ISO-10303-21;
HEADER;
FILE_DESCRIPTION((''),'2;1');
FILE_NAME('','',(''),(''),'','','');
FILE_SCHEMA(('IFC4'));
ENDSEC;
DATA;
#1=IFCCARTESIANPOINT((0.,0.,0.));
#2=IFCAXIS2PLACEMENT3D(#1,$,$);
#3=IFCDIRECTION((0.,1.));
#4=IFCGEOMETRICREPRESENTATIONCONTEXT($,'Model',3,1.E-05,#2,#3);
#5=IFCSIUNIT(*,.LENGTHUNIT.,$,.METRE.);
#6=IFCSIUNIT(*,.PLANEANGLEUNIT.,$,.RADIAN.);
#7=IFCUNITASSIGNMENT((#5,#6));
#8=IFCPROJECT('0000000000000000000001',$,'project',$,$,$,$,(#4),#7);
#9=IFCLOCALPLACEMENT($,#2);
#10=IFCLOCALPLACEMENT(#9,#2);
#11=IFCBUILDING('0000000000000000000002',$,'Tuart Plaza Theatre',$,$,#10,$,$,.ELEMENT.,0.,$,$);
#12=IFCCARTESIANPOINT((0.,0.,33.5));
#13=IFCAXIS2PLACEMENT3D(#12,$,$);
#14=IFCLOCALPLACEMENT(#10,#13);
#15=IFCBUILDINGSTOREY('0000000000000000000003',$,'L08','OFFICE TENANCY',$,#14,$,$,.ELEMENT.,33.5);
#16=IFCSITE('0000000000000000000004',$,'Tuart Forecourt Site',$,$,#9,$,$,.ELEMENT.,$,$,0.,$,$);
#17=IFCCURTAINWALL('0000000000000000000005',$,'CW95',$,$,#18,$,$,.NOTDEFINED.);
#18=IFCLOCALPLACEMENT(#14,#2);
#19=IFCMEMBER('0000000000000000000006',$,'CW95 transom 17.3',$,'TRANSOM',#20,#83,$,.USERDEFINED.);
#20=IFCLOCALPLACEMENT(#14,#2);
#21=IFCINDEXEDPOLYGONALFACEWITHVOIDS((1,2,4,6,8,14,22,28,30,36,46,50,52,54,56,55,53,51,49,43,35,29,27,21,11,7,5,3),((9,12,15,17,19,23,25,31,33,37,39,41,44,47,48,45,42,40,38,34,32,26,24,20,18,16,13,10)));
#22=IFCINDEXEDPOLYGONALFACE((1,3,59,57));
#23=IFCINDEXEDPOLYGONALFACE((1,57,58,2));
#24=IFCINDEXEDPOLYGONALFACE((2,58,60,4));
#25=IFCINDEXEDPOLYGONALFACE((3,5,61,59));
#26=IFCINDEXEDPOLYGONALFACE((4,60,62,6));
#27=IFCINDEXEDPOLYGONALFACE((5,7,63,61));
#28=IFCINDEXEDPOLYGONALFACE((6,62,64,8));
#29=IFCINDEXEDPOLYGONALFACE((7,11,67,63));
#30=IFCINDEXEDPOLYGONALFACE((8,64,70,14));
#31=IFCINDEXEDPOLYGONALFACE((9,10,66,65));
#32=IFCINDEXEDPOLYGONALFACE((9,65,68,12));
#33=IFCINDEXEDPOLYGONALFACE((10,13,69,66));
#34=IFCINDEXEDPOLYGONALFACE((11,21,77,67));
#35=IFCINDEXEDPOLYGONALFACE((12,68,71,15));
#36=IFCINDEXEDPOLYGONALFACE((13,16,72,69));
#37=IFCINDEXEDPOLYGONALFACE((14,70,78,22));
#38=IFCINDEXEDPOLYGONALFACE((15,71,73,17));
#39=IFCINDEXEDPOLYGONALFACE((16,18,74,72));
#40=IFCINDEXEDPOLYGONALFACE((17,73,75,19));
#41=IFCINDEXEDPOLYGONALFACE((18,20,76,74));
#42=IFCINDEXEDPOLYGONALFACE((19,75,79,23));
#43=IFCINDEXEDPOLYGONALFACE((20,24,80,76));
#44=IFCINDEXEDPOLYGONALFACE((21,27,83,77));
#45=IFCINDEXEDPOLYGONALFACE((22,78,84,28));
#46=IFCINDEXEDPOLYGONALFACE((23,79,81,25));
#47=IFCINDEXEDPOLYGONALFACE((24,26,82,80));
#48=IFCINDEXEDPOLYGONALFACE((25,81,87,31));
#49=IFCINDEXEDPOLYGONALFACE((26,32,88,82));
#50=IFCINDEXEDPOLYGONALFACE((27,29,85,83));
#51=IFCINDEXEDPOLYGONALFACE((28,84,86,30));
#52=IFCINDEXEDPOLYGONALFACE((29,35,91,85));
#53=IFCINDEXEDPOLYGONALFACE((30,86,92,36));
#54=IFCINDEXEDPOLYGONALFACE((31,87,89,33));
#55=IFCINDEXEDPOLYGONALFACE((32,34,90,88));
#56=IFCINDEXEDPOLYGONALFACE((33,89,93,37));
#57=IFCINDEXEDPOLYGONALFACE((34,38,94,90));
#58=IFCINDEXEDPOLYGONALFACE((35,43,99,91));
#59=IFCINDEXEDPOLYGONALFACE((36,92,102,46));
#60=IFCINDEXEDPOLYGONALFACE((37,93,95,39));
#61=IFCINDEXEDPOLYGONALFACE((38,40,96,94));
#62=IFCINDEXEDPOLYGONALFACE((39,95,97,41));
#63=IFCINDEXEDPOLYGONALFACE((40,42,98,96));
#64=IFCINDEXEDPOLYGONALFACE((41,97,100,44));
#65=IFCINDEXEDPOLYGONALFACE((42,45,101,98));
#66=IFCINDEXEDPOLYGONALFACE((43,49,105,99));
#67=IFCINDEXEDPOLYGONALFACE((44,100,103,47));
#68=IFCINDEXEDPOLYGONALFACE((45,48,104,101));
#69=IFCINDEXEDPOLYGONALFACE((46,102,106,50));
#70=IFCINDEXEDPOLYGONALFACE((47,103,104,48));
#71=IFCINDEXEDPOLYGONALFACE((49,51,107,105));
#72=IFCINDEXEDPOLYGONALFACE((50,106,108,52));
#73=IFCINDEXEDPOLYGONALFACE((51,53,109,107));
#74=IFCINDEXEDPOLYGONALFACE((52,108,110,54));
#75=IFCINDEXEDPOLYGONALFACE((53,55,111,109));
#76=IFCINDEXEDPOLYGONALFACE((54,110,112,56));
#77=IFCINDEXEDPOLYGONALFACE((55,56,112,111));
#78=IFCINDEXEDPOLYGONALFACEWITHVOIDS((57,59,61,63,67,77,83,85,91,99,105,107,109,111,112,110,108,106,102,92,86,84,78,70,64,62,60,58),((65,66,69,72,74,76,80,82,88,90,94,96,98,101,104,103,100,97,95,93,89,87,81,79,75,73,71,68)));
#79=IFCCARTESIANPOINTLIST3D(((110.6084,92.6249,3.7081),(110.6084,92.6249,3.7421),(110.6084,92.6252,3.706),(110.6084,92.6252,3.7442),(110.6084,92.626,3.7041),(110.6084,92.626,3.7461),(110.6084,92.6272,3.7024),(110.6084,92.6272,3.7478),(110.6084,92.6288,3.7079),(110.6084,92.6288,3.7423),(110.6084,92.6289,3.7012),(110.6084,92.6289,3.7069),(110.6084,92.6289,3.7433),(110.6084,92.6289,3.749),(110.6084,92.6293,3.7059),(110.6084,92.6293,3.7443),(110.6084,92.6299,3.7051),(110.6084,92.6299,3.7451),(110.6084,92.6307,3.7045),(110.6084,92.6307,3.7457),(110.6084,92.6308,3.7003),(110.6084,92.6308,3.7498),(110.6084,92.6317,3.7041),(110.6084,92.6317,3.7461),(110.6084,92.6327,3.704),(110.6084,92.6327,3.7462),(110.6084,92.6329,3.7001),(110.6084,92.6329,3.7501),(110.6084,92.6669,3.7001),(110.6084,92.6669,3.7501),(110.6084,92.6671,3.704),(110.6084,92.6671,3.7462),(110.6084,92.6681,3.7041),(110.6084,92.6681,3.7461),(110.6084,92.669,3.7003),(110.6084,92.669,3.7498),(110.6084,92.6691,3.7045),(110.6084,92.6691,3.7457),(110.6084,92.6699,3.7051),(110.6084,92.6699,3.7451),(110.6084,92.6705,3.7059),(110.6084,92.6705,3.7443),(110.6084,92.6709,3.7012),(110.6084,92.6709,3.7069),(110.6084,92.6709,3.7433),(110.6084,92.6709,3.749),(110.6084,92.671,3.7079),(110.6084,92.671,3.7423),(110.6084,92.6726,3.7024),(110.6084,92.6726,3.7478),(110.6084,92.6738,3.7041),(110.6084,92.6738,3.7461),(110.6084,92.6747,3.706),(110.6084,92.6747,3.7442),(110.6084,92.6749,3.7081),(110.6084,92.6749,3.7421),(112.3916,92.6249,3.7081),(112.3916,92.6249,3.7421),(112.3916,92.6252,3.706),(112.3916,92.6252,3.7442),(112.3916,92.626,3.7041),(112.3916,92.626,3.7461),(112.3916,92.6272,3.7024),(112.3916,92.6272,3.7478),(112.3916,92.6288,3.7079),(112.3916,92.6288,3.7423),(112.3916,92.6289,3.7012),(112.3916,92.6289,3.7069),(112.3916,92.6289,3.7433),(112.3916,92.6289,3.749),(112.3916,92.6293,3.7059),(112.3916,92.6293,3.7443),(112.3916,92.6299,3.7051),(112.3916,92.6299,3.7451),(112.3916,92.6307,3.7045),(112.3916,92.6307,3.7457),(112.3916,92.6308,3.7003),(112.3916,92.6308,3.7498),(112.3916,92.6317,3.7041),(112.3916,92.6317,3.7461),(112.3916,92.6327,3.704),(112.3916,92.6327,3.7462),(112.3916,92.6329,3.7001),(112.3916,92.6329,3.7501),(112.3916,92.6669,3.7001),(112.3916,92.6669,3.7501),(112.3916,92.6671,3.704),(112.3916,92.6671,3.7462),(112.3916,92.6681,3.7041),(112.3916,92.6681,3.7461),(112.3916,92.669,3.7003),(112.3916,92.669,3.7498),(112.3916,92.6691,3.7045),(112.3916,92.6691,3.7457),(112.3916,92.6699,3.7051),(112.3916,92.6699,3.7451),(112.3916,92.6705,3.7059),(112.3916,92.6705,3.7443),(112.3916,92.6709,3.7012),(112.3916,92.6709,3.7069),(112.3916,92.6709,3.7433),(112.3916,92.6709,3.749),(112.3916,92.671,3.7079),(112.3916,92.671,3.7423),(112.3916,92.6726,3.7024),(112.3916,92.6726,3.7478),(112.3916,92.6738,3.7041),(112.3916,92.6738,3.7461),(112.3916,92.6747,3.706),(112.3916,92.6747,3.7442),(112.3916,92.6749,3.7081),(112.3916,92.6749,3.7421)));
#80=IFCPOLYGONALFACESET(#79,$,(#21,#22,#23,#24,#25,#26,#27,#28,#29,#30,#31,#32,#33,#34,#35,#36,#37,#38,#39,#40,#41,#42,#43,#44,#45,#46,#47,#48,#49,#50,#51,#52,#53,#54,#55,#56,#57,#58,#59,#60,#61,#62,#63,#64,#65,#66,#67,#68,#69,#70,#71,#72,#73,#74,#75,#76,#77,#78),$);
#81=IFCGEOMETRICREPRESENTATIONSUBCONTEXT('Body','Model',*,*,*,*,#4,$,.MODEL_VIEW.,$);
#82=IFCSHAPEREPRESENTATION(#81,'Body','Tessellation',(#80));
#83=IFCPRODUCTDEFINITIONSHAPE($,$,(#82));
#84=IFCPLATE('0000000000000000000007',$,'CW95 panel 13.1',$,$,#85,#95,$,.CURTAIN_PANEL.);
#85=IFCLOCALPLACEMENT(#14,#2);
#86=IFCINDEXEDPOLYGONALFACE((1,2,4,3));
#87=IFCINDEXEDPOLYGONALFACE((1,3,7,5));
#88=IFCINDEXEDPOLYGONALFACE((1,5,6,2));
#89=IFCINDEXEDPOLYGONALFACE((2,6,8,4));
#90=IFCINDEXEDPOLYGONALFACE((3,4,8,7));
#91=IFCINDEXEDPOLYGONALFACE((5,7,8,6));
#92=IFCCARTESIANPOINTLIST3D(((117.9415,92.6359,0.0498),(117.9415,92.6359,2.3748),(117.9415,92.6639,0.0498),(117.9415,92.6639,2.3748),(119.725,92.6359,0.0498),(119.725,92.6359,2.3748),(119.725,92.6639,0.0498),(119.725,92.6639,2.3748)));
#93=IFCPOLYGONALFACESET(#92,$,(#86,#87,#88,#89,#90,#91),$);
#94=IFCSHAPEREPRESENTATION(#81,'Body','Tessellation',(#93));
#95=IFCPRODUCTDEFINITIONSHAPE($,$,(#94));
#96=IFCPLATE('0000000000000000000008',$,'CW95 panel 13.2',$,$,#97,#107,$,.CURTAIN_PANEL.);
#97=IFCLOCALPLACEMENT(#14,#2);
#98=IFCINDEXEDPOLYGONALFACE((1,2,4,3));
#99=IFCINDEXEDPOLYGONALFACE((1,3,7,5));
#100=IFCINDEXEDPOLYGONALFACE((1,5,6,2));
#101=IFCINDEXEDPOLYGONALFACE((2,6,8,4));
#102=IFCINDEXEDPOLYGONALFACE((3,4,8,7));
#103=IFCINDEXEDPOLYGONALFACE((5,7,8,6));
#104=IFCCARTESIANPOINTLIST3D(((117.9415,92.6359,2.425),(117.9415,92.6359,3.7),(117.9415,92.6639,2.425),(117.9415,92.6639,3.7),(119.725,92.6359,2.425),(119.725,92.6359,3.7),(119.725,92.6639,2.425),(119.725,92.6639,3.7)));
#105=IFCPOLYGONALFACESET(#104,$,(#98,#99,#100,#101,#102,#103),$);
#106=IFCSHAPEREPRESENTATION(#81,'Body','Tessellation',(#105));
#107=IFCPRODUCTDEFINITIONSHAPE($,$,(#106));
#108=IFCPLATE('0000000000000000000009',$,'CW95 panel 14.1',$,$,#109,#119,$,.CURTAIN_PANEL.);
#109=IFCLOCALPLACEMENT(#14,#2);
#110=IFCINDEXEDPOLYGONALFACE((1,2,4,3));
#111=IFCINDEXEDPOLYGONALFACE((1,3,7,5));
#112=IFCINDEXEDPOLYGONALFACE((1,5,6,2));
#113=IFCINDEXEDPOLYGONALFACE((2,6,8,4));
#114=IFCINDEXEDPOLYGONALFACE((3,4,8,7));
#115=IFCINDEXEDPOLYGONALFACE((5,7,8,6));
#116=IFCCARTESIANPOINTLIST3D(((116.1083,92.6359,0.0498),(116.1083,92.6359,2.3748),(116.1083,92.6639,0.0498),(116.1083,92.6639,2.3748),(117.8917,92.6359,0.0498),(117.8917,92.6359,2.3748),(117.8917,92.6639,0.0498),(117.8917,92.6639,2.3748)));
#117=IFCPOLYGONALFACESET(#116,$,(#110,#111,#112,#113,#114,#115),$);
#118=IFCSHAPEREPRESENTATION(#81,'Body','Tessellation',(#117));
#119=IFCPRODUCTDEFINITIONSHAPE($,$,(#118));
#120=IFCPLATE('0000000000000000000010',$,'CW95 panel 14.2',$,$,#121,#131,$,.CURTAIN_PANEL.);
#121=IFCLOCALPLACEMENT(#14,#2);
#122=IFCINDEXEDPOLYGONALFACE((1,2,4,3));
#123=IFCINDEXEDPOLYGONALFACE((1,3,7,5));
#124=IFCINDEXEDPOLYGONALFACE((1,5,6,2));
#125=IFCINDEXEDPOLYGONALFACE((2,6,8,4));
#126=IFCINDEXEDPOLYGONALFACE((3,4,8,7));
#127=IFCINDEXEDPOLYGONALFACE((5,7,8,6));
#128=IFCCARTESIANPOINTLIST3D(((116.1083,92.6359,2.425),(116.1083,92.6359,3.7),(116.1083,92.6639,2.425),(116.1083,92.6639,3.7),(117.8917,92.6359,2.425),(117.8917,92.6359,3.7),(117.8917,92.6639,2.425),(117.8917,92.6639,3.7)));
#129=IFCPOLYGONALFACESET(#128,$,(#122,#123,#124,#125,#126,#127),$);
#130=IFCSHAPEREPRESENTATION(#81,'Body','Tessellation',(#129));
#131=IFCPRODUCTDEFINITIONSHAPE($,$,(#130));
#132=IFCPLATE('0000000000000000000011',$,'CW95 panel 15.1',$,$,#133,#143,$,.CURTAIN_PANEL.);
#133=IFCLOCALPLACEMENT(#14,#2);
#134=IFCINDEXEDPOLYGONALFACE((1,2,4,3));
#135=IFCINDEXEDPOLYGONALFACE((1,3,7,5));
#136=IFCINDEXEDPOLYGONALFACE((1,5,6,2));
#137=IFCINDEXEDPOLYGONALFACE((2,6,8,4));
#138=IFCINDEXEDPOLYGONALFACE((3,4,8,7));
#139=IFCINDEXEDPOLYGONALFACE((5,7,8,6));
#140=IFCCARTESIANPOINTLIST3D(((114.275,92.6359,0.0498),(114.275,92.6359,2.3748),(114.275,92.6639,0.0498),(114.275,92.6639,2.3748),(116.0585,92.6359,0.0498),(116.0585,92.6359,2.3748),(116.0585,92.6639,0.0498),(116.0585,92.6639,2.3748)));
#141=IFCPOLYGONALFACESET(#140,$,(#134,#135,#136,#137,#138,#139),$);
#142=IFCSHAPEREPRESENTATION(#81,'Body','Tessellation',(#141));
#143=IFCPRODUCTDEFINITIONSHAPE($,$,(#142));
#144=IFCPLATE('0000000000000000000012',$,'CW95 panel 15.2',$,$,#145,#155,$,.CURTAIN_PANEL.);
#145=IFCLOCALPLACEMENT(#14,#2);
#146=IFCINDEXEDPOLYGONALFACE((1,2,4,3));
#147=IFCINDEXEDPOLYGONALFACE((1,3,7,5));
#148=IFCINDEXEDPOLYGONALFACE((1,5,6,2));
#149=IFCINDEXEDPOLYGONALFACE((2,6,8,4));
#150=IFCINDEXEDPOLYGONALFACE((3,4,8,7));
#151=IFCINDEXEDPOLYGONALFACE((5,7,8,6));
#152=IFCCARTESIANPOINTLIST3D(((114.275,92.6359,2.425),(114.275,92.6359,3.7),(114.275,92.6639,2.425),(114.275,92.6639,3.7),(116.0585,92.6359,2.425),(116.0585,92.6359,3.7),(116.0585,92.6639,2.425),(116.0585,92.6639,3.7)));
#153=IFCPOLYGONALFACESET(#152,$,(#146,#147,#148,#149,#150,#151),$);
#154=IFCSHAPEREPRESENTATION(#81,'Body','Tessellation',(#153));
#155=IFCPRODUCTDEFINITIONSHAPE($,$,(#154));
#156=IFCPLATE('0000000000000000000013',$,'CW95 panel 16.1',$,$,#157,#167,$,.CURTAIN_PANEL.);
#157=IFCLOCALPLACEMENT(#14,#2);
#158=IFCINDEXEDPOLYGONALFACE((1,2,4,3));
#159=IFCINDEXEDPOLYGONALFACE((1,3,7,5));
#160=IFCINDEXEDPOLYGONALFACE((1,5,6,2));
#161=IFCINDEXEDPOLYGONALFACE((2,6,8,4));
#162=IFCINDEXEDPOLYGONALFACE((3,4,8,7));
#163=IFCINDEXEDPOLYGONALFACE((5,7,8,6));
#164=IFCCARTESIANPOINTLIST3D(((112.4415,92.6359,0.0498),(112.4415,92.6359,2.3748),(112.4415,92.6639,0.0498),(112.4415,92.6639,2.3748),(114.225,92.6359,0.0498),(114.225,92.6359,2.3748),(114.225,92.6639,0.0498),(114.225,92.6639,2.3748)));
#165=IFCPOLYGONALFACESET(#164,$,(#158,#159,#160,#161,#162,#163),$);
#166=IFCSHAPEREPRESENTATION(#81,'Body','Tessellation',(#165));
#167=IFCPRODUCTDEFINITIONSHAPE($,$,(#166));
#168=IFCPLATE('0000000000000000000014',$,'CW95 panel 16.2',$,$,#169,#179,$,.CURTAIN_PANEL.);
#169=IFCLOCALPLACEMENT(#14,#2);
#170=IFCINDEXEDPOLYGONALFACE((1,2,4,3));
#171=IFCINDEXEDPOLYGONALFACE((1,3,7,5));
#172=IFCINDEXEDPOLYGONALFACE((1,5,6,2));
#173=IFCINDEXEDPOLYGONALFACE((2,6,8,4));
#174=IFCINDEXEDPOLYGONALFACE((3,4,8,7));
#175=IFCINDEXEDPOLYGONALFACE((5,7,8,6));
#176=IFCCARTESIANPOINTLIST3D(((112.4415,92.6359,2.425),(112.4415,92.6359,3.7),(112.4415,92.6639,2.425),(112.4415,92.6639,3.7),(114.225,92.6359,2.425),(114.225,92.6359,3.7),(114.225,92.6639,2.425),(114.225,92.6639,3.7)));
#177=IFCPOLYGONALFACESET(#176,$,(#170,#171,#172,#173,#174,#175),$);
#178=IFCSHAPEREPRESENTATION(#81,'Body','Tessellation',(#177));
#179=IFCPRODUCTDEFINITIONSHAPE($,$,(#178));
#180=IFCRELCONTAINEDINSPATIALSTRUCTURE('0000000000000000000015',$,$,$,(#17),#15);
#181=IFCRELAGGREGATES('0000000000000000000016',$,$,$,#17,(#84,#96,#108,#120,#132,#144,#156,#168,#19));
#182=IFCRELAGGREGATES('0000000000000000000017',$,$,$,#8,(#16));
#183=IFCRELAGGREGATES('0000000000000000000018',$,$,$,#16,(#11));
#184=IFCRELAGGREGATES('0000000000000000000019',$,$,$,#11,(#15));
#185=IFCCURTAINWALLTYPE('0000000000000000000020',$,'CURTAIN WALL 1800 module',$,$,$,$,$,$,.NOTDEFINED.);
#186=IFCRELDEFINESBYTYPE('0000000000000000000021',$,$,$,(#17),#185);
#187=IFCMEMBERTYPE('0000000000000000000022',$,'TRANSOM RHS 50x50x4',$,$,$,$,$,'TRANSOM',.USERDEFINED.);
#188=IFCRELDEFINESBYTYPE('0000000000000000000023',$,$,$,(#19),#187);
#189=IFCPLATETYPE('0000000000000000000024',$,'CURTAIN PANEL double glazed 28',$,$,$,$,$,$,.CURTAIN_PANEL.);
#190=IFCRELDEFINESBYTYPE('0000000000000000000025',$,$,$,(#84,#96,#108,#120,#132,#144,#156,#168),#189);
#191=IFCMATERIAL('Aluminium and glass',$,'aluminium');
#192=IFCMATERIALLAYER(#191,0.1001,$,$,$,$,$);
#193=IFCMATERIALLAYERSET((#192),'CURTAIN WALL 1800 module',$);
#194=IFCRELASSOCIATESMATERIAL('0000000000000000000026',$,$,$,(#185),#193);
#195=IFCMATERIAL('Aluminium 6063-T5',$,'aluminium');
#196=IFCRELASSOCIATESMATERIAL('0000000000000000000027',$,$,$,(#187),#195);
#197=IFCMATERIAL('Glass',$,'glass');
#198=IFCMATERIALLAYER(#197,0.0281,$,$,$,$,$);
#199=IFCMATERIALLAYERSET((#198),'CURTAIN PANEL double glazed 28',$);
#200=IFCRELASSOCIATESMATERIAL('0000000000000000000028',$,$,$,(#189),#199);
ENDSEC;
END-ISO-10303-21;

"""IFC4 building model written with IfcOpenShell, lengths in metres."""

from ifc_helpers import new_model, si_unit, direction, frame, origin, origin_2d, place, context, subcontext, project, spatial, rectangle, hollow_rectangle, extrude, material, layer, layer_set, material_profile, profile_set, type_object, element, aggregate, save


model = new_model("IFC4")

# Units and contexts
model_context = context("Model", 3, precision=1e-05, world=origin(), true_north=direction((0.0, 1.0)))
body_context = subcontext(model_context, "Body", "Model", "MODEL_VIEW")
ifc_project = project(units=[si_unit("LENGTHUNIT", "METRE"), si_unit("PLANEANGLEUNIT", "RADIAN")], contexts=[model_context])

# Site, building, storey
site_placement = place(None, origin())
site = spatial("IfcSite", under=ifc_project, at=site_placement, Name="Tuart Forecourt Site", CompositionType="ELEMENT", RefElevation=0.0)
building_placement = place(site_placement, origin())
building = spatial("IfcBuilding", under=site, at=building_placement, Name="Tuart Plaza Theatre", CompositionType="ELEMENT", ElevationOfRefHeight=0.0)
storey_placement = place(building_placement, frame((0.0, 0.0, 33.5)))
storey = spatial("IfcBuildingStorey", under=building, at=storey_placement, Name="L08", Description="OFFICE TENANCY", CompositionType="ELEMENT", Elevation=33.5)

# Curtain wall, member, plates
ifc_material_1 = material(Name="Aluminium and glass", Category="aluminium")
ifc_layer_1 = layer(ifc_material_1, 0.1001)
ifc_layer_set_1 = layer_set([ifc_layer_1], Name="CURTAIN WALL 1800 module")
curtain_wall_type = type_object("IfcCurtainWallType", Name="CURTAIN WALL 1800 module", PredefinedType="NOTDEFINED", material=ifc_layer_set_1)
curtain_wall_placement = place(storey_placement, origin())
curtain_wall = element("IfcCurtainWall", 1, at=curtain_wall_placement, inside=storey, type_object=curtain_wall_type, Name="CW95", PredefinedType="NOTDEFINED")
ifc_material_2 = material(Name="Aluminium 6063-T5", Category="aluminium")
ifc_material_profile_1 = material_profile(ifc_material_2, hollow_rectangle(XDim=0.05, YDim=0.05, WallThickness=0.0039, InnerFilletRadius=0.0039, OuterFilletRadius=0.0081, at=origin_2d()), Name="RHS 50x50x4")
ifc_profile_set_1 = profile_set([ifc_material_profile_1], Name="Aluminium 6063-T5")
member_type_1 = type_object("IfcMemberType", Name="TRANSOM RHS 50x50x4", ElementType="TRANSOM", PredefinedType="USERDEFINED", material=ifc_profile_set_1)
member_1_placement = place(storey_placement, frame((112.3916, 92.6499, 3.7251), z_axis=(-1.0, 0.0, 0.0), x_axis=(0.0, -1.0, 0.0)))
member_1 = element("IfcMember", 2, at=member_1_placement, type_object=member_type_1, Name="CW95 transom 17.3", ObjectType="TRANSOM", PredefinedType="USERDEFINED", context=body_context, shape_type="SweptSolid", body=[
    extrude(hollow_rectangle(XDim=0.05, YDim=0.05, WallThickness=0.0039, InnerFilletRadius=0.0039, OuterFilletRadius=0.0081, at=origin_2d()), origin(), (0.0, 0.0, 1.0), 1.7832),
])
ifc_material_3 = material(Name="Glass", Category="glass")
ifc_layer_2 = layer(ifc_material_3, 0.0281)
ifc_layer_set_2 = layer_set([ifc_layer_2], Name="CURTAIN PANEL double glazed 28")
plate_type = type_object("IfcPlateType", Name="CURTAIN PANEL double glazed 28", PredefinedType="CURTAIN_PANEL", material=ifc_layer_set_2)
plate_1_placement = place(storey_placement, frame((118.8333, 92.6499, 0.0498), z_axis=(0.0, 0.0, 1.0), x_axis=(-1.0, 0.0, 0.0)))
plate_1 = element("IfcPlate", 3, at=plate_1_placement, type_object=plate_type, Name="CW95 panel 13.1", PredefinedType="CURTAIN_PANEL", context=body_context, shape_type="SweptSolid", body=[
    extrude(rectangle(XDim=1.7834, YDim=0.0281, at=origin_2d()), origin(), (0.0, 0.0, 1.0), 2.325),
])
plate_2_placement = place(storey_placement, frame((118.8333, 92.6499, 2.425), z_axis=(0.0, 0.0, 1.0), x_axis=(-1.0, 0.0, 0.0)))
plate_2 = element("IfcPlate", 4, at=plate_2_placement, type_object=plate_type, Name="CW95 panel 13.2", PredefinedType="CURTAIN_PANEL", context=body_context, shape_type="SweptSolid", body=[
    extrude(rectangle(XDim=1.7834, YDim=0.0281, at=origin_2d()), origin(), (0.0, 0.0, 1.0), 1.2749),
])
plate_3_placement = place(storey_placement, frame((117.0, 92.6499, 0.0498), z_axis=(0.0, 0.0, 1.0), x_axis=(-1.0, 0.0, 0.0)))
plate_3 = element("IfcPlate", 5, at=plate_3_placement, type_object=plate_type, Name="CW95 panel 14.1", PredefinedType="CURTAIN_PANEL", context=body_context, shape_type="SweptSolid", body=[
    extrude(rectangle(XDim=1.7834, YDim=0.0281, at=origin_2d()), origin(), (0.0, 0.0, 1.0), 2.325),
])
plate_4_placement = place(storey_placement, frame((117.0, 92.6499, 2.425), z_axis=(0.0, 0.0, 1.0), x_axis=(-1.0, 0.0, 0.0)))
plate_4 = element("IfcPlate", 6, at=plate_4_placement, type_object=plate_type, Name="CW95 panel 14.2", PredefinedType="CURTAIN_PANEL", context=body_context, shape_type="SweptSolid", body=[
    extrude(rectangle(XDim=1.7834, YDim=0.0281, at=origin_2d()), origin(), (0.0, 0.0, 1.0), 1.2749),
])
plate_5_placement = place(storey_placement, frame((115.1667, 92.6499, 0.0498), z_axis=(0.0, 0.0, 1.0), x_axis=(-1.0, 0.0, 0.0)))
plate_5 = element("IfcPlate", 7, at=plate_5_placement, type_object=plate_type, Name="CW95 panel 15.1", PredefinedType="CURTAIN_PANEL", context=body_context, shape_type="SweptSolid", body=[
    extrude(rectangle(XDim=1.7834, YDim=0.0281, at=origin_2d()), origin(), (0.0, 0.0, 1.0), 2.325),
])
plate_6_placement = place(storey_placement, frame((115.1667, 92.6499, 2.425), z_axis=(0.0, 0.0, 1.0), x_axis=(-1.0, 0.0, 0.0)))
plate_6 = element("IfcPlate", 8, at=plate_6_placement, type_object=plate_type, Name="CW95 panel 15.2", PredefinedType="CURTAIN_PANEL", context=body_context, shape_type="SweptSolid", body=[
    extrude(rectangle(XDim=1.7834, YDim=0.0281, at=origin_2d()), origin(), (0.0, 0.0, 1.0), 1.2749),
])
plate_7_placement = place(storey_placement, frame((113.3333, 92.6499, 0.0498), z_axis=(0.0, 0.0, 1.0), x_axis=(-1.0, 0.0, 0.0)))
plate_7 = element("IfcPlate", 9, at=plate_7_placement, type_object=plate_type, Name="CW95 panel 16.1", PredefinedType="CURTAIN_PANEL", context=body_context, shape_type="SweptSolid", body=[
    extrude(rectangle(XDim=1.7834, YDim=0.0281, at=origin_2d()), origin(), (0.0, 0.0, 1.0), 2.325),
])
plate_8_placement = place(storey_placement, frame((113.3333, 92.6499, 2.425), z_axis=(0.0, 0.0, 1.0), x_axis=(-1.0, 0.0, 0.0)))
plate_8 = element("IfcPlate", 10, at=plate_8_placement, type_object=plate_type, Name="CW95 panel 16.2", PredefinedType="CURTAIN_PANEL", context=body_context, shape_type="SweptSolid", body=[
    extrude(rectangle(XDim=1.7834, YDim=0.0281, at=origin_2d()), origin(), (0.0, 0.0, 1.0), 1.2749),
])
aggregate(curtain_wall, [plate_1, plate_2, plate_3, plate_4, plate_5, plate_6, plate_7, plate_8, member_1])

save(model, "model.ifc")
